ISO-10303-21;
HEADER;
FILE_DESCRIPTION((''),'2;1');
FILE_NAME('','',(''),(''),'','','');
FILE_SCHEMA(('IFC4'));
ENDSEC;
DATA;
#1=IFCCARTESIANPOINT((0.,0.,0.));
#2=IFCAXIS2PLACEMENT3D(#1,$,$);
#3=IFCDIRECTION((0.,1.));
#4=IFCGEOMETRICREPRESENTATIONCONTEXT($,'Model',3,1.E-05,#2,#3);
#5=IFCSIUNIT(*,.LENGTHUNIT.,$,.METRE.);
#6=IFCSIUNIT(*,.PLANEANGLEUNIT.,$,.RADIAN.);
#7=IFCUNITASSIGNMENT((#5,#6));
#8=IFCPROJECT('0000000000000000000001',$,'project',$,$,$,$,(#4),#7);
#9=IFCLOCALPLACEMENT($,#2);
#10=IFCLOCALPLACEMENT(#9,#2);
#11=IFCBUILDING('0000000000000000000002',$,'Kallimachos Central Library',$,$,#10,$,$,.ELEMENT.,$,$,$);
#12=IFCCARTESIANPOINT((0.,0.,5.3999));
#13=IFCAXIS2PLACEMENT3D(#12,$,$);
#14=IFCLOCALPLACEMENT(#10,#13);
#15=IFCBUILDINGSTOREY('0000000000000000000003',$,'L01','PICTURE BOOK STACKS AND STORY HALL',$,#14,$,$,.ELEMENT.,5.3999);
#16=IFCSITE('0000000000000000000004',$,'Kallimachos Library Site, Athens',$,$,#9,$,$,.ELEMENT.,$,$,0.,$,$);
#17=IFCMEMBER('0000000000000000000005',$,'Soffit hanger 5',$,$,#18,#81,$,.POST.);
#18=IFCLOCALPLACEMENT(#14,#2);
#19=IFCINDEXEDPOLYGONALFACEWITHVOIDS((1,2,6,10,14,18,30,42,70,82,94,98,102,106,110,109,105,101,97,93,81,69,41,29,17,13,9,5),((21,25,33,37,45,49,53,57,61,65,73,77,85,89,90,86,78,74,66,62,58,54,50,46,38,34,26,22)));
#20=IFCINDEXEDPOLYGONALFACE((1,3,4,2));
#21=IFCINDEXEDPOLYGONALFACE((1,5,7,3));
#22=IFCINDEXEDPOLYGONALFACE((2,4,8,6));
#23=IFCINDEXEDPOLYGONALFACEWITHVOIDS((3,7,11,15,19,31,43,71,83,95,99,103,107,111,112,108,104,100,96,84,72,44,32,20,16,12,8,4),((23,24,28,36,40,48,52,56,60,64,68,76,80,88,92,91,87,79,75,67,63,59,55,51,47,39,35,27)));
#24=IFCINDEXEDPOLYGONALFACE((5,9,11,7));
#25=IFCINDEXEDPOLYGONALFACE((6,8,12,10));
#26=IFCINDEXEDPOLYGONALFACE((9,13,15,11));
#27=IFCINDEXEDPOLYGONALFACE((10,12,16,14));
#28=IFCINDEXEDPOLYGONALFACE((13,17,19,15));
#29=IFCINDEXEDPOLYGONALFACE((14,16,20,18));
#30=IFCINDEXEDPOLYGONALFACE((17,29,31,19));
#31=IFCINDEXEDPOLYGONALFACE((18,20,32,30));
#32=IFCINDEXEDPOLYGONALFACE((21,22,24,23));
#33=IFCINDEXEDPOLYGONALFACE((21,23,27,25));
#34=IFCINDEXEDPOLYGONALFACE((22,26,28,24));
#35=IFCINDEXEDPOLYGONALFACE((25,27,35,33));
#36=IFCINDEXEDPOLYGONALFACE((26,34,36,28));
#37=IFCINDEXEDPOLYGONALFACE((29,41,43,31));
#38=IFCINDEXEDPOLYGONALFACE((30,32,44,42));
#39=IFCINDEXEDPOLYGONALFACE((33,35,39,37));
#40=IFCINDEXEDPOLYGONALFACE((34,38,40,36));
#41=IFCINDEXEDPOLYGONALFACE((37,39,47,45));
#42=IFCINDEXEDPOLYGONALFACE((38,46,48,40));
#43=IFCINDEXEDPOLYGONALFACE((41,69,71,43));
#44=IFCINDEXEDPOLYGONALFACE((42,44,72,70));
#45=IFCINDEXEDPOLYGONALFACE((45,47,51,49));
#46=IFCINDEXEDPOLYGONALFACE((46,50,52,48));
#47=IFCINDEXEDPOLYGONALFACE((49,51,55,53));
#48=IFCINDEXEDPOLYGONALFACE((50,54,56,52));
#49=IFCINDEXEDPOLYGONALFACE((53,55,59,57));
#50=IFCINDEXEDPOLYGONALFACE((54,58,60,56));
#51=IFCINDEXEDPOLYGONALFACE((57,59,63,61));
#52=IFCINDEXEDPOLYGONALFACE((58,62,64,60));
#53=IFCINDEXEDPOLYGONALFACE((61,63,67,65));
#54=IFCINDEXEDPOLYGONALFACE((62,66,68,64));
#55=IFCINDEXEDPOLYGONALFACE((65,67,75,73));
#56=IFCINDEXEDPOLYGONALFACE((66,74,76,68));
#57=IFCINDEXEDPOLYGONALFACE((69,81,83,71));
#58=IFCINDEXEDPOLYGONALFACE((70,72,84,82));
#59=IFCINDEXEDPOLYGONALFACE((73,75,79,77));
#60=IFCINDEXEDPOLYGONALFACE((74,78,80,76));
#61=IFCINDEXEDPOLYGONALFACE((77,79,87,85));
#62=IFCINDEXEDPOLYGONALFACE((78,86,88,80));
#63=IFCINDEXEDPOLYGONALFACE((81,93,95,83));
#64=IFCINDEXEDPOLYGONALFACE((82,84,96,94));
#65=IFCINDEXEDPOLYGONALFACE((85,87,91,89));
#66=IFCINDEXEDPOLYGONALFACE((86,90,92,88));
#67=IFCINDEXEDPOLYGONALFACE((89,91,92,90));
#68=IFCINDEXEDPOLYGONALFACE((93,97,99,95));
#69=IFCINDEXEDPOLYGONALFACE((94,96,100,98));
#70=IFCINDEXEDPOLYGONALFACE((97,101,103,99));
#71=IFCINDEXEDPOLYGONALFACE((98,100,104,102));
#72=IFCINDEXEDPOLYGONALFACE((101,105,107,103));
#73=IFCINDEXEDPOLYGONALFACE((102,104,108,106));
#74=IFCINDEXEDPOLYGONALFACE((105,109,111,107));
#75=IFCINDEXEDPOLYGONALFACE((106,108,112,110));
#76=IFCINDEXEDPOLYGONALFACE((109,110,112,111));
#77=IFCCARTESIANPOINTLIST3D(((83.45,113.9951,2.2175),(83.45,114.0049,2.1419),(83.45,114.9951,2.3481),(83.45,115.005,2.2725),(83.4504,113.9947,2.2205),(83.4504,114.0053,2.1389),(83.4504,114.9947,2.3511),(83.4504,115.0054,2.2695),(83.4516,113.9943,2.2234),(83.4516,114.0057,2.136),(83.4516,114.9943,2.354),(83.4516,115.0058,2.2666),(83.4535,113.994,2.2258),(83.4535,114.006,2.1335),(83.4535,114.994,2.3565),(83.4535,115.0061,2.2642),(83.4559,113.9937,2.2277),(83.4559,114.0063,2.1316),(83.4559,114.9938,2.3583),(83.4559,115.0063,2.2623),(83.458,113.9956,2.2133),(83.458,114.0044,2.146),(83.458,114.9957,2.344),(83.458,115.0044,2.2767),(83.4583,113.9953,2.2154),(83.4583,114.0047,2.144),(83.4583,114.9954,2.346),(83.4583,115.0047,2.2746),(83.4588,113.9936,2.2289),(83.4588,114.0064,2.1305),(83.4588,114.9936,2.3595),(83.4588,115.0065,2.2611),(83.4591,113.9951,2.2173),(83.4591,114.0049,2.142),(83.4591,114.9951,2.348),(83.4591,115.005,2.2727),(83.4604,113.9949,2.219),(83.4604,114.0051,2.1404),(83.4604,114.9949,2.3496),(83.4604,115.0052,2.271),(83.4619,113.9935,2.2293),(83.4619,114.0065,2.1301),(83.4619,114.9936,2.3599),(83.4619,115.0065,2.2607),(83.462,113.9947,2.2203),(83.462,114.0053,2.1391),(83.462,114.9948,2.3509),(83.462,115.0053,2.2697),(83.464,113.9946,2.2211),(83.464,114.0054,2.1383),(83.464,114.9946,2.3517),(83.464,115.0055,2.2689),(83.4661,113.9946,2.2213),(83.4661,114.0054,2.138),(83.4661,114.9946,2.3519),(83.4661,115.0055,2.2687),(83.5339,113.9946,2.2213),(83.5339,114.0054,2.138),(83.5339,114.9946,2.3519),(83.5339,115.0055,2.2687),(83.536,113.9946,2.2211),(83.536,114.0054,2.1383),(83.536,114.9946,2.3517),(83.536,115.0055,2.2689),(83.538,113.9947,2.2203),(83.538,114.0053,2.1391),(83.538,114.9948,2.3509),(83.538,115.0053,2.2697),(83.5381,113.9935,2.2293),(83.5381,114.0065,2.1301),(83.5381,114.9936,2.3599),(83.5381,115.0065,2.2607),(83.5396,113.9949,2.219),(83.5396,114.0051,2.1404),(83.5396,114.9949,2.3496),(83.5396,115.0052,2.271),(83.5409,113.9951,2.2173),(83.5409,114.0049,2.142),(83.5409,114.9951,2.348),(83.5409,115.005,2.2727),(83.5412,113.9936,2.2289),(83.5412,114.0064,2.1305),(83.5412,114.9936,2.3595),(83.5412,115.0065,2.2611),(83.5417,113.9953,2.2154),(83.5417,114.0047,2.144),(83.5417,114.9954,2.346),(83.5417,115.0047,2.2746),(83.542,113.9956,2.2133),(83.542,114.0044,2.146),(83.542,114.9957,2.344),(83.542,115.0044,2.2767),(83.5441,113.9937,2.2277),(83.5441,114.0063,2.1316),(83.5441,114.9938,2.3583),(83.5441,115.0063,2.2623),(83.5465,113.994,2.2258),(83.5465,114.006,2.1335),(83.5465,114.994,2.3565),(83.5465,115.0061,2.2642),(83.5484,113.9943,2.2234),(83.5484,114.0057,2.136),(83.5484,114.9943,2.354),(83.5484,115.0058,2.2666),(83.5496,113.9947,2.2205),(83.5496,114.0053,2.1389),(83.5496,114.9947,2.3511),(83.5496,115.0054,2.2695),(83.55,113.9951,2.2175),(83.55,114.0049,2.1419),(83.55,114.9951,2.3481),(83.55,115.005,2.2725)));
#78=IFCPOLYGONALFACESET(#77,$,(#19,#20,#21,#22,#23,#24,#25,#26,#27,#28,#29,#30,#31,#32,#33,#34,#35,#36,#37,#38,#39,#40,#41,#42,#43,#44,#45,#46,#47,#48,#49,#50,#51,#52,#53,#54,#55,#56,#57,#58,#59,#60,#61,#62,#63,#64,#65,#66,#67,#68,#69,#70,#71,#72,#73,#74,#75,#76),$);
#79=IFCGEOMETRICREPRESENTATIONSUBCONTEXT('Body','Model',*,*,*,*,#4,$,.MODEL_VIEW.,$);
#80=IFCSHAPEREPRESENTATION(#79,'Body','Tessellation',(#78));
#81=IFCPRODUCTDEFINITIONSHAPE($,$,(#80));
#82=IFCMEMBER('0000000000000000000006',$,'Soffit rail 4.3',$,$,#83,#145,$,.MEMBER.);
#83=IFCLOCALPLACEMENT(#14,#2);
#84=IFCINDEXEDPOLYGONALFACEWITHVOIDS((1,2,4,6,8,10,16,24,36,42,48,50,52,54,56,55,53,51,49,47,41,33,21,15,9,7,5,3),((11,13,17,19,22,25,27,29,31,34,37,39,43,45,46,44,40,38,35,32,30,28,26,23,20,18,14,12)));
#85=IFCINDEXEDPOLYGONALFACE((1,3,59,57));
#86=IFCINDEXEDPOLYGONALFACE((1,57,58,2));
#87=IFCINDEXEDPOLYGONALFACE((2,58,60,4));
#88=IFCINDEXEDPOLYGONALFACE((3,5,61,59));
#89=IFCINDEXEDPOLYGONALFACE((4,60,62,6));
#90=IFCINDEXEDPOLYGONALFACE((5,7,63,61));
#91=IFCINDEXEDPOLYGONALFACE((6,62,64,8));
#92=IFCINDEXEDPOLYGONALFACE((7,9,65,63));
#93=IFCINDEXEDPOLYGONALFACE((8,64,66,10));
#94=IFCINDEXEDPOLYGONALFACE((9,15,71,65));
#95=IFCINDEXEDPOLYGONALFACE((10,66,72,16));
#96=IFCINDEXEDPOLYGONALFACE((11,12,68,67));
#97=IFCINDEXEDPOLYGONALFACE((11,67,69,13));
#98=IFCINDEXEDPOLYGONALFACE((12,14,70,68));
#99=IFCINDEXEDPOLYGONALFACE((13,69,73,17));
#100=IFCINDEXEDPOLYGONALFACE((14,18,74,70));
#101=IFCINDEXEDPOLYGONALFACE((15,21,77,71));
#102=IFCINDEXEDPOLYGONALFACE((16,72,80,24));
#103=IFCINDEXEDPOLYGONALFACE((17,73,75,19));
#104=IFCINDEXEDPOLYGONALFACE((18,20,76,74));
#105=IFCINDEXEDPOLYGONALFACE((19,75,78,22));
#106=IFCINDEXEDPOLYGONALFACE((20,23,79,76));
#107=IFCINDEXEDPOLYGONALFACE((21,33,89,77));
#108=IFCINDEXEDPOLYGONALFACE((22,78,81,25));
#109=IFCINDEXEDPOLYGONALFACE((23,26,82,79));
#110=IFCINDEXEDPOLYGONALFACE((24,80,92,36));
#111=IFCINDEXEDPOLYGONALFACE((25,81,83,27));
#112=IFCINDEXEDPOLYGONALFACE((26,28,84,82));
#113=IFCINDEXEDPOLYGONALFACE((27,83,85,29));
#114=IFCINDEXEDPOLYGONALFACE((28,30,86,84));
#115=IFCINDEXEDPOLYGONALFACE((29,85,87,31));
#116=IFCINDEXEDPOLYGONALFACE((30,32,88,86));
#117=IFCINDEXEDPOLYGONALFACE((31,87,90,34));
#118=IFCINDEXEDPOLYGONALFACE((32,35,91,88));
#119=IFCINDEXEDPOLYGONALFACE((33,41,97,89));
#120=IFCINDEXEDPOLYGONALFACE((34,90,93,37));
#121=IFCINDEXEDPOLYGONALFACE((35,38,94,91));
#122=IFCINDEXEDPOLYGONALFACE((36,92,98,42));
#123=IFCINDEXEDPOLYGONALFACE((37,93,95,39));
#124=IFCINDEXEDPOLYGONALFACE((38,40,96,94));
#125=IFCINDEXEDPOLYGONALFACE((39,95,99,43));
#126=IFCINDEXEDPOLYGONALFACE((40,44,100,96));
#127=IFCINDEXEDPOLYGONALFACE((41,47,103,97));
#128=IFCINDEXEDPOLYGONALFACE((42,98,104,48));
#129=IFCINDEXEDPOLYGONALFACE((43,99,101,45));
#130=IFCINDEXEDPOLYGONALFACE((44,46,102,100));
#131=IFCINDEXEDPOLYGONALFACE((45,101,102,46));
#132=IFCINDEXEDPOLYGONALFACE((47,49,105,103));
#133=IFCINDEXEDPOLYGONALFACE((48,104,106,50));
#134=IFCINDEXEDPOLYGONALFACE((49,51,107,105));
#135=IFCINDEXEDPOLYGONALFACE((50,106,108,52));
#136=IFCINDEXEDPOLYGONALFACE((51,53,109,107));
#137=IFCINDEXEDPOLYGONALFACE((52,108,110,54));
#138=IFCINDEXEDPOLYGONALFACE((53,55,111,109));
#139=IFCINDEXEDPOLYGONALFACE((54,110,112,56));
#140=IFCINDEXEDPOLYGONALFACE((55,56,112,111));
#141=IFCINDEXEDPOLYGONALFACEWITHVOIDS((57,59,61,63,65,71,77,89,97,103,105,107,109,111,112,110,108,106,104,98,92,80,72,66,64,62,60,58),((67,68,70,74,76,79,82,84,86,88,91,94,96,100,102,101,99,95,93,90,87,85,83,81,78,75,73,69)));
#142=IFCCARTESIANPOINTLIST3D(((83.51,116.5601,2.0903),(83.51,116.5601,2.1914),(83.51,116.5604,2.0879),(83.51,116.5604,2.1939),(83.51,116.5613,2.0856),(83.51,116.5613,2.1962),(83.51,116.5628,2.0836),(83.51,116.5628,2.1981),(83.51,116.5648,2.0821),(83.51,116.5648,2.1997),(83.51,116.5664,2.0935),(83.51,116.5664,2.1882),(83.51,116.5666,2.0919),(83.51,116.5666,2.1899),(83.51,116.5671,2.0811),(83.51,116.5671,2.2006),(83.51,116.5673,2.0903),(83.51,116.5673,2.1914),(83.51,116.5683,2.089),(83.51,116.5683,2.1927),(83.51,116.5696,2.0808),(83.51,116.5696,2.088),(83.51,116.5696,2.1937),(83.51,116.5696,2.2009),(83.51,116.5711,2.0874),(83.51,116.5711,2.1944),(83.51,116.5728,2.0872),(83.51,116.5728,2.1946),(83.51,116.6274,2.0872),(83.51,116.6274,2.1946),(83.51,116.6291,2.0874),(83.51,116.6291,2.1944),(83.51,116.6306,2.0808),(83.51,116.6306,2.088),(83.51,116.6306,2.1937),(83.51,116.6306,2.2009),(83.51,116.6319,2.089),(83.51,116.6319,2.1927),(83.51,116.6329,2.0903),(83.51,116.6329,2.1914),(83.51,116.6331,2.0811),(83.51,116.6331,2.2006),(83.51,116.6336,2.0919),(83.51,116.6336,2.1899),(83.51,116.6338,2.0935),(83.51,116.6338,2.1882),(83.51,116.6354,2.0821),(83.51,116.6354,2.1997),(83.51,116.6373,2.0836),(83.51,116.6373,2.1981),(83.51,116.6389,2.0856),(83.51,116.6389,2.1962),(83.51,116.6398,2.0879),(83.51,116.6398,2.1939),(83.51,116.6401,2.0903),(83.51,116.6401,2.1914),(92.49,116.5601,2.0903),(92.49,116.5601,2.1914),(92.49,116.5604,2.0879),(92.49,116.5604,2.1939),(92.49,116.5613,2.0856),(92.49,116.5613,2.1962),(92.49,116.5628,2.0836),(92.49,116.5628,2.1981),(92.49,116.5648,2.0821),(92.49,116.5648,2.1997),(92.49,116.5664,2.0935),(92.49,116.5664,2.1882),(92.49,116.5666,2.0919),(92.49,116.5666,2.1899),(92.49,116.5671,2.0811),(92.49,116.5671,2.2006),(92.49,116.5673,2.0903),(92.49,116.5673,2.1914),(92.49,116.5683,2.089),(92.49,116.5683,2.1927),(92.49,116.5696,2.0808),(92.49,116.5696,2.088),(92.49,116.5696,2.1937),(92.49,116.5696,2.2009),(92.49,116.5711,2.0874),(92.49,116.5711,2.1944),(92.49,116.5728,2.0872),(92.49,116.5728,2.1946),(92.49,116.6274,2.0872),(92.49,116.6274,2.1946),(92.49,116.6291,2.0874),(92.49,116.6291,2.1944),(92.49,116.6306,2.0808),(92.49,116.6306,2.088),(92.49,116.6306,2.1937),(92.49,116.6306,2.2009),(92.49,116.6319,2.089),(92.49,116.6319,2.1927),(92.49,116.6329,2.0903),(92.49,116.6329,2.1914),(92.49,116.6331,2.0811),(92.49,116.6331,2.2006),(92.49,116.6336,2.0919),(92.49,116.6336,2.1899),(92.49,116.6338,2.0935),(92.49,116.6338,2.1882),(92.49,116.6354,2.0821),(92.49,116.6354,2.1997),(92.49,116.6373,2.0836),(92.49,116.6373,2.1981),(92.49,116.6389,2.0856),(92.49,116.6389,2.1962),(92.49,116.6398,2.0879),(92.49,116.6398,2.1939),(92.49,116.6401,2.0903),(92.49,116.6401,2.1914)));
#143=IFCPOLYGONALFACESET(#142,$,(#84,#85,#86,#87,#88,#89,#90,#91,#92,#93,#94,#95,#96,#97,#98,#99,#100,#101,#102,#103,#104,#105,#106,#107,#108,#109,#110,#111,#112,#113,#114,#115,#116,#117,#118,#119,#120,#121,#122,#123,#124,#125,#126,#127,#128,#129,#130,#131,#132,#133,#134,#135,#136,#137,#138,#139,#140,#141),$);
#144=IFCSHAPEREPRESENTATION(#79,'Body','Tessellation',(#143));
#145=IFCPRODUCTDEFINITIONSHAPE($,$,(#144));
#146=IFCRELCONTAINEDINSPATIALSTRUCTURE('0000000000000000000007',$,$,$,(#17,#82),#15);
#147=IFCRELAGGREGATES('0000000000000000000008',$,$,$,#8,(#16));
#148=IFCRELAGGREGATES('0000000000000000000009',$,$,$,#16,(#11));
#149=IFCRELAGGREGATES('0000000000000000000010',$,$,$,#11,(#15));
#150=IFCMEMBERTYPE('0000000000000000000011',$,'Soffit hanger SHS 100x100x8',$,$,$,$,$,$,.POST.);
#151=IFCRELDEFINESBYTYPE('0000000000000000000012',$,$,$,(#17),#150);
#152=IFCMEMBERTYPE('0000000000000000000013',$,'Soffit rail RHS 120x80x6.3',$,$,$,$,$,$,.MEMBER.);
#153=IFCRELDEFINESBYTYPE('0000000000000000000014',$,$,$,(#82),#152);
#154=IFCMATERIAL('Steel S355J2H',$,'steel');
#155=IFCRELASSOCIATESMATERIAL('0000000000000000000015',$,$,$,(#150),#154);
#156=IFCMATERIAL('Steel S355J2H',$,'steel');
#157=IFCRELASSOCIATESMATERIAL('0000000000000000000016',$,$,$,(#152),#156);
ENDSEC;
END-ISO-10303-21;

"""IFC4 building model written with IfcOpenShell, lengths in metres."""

from ifc_helpers import new_model, si_unit, direction, frame, origin, origin_2d, place, context, subcontext, project, spatial, hollow_rectangle, extrude, material, material_profile, profile_set, type_object, element, save


model = new_model("IFC4")

# Units and contexts
model_context = context("Model", 3, precision=1e-05, world=origin(), true_north=direction((0.0, 1.0)))
body_context = subcontext(model_context, "Body", "Model", "MODEL_VIEW")
ifc_project = project(units=[si_unit("LENGTHUNIT", "METRE"), si_unit("PLANEANGLEUNIT", "RADIAN")], contexts=[model_context])

# Site, building, storey
site_placement = place(None, origin())
site = spatial("IfcSite", under=ifc_project, at=site_placement, Name="Kallimachos Library Site, Athens", CompositionType="ELEMENT", RefElevation=0.0)
building_placement = place(site_placement, origin())
building = spatial("IfcBuilding", under=site, at=building_placement, Name="Kallimachos Central Library", CompositionType="ELEMENT")
storey_placement = place(building_placement, frame((0.0, 0.0, 5.3999)))
storey = spatial("IfcBuildingStorey", under=building, at=storey_placement, Name="L01", Description="PICTURE BOOK STACKS AND STORY HALL", CompositionType="ELEMENT", Elevation=5.3999)

# Members
ifc_material_1 = material(Name="Steel S355J2H", Category="steel")
ifc_material_profile_1 = material_profile(ifc_material_1, hollow_rectangle(XDim=0.1001, YDim=0.1001, WallThickness=0.0081, InnerFilletRadius=0.0081, OuterFilletRadius=0.012, at=origin_2d()), Name="SHS 100x100x8")
ifc_profile_set_1 = profile_set([ifc_material_profile_1], Name="Steel S355J2H")
member_type_1 = type_object("IfcMemberType", Name="Soffit hanger SHS 100x100x8", PredefinedType="POST", material=ifc_profile_set_1)
member_1_placement = place(storey_placement, frame((83.5, 114.0, 2.1797), z_axis=(0.0, 0.991577, 0.129515), x_axis=(-1.0, 0.0, 0.0)))
element("IfcMember", 1, at=member_1_placement, inside=storey, type_object=member_type_1, Name="Soffit hanger 5", PredefinedType="POST", context=body_context, shape_type="SweptSolid", body=[
    extrude(hollow_rectangle(XDim=0.1001, YDim=0.1001, WallThickness=0.0081, InnerFilletRadius=0.0081, OuterFilletRadius=0.012, at=origin_2d()), origin(), (0.0, 0.0, 1.0), 1.0085),
])
ifc_material_2 = material(Name="Steel S355J2H", Category="steel")
ifc_material_profile_2 = material_profile(ifc_material_2, hollow_rectangle(XDim=0.0801, YDim=0.1201, WallThickness=0.0063, InnerFilletRadius=0.0063, OuterFilletRadius=0.0095, at=origin_2d()), Name="RHS 120x80x6.3")
ifc_profile_set_2 = profile_set([ifc_material_profile_2], Name="Steel S355J2H")
member_type_2 = type_object("IfcMemberType", Name="Soffit rail RHS 120x80x6.3", PredefinedType="MEMBER", material=ifc_profile_set_2)
for number, where, z_axis, x_axis, name in (
    (2, (83.51, 116.6001, 2.1409), (1.0, 0.0, 0.0), (0.0, 1.0, 0.0), "Soffit rail 4.3"),
):
    element("IfcMember", number, at=place(storey_placement, frame(where, z_axis=z_axis, x_axis=x_axis)), inside=storey, type_object=member_type_2, Name=name, PredefinedType="MEMBER", context=body_context, shape_type="SweptSolid", body=[
        extrude(hollow_rectangle(XDim=0.0801, YDim=0.1201, WallThickness=0.0063, InnerFilletRadius=0.0063, OuterFilletRadius=0.0095, at=origin_2d()), origin(), (0.0, 0.0, 1.0), 8.98),
    ])

save(model, "model.ifc")
